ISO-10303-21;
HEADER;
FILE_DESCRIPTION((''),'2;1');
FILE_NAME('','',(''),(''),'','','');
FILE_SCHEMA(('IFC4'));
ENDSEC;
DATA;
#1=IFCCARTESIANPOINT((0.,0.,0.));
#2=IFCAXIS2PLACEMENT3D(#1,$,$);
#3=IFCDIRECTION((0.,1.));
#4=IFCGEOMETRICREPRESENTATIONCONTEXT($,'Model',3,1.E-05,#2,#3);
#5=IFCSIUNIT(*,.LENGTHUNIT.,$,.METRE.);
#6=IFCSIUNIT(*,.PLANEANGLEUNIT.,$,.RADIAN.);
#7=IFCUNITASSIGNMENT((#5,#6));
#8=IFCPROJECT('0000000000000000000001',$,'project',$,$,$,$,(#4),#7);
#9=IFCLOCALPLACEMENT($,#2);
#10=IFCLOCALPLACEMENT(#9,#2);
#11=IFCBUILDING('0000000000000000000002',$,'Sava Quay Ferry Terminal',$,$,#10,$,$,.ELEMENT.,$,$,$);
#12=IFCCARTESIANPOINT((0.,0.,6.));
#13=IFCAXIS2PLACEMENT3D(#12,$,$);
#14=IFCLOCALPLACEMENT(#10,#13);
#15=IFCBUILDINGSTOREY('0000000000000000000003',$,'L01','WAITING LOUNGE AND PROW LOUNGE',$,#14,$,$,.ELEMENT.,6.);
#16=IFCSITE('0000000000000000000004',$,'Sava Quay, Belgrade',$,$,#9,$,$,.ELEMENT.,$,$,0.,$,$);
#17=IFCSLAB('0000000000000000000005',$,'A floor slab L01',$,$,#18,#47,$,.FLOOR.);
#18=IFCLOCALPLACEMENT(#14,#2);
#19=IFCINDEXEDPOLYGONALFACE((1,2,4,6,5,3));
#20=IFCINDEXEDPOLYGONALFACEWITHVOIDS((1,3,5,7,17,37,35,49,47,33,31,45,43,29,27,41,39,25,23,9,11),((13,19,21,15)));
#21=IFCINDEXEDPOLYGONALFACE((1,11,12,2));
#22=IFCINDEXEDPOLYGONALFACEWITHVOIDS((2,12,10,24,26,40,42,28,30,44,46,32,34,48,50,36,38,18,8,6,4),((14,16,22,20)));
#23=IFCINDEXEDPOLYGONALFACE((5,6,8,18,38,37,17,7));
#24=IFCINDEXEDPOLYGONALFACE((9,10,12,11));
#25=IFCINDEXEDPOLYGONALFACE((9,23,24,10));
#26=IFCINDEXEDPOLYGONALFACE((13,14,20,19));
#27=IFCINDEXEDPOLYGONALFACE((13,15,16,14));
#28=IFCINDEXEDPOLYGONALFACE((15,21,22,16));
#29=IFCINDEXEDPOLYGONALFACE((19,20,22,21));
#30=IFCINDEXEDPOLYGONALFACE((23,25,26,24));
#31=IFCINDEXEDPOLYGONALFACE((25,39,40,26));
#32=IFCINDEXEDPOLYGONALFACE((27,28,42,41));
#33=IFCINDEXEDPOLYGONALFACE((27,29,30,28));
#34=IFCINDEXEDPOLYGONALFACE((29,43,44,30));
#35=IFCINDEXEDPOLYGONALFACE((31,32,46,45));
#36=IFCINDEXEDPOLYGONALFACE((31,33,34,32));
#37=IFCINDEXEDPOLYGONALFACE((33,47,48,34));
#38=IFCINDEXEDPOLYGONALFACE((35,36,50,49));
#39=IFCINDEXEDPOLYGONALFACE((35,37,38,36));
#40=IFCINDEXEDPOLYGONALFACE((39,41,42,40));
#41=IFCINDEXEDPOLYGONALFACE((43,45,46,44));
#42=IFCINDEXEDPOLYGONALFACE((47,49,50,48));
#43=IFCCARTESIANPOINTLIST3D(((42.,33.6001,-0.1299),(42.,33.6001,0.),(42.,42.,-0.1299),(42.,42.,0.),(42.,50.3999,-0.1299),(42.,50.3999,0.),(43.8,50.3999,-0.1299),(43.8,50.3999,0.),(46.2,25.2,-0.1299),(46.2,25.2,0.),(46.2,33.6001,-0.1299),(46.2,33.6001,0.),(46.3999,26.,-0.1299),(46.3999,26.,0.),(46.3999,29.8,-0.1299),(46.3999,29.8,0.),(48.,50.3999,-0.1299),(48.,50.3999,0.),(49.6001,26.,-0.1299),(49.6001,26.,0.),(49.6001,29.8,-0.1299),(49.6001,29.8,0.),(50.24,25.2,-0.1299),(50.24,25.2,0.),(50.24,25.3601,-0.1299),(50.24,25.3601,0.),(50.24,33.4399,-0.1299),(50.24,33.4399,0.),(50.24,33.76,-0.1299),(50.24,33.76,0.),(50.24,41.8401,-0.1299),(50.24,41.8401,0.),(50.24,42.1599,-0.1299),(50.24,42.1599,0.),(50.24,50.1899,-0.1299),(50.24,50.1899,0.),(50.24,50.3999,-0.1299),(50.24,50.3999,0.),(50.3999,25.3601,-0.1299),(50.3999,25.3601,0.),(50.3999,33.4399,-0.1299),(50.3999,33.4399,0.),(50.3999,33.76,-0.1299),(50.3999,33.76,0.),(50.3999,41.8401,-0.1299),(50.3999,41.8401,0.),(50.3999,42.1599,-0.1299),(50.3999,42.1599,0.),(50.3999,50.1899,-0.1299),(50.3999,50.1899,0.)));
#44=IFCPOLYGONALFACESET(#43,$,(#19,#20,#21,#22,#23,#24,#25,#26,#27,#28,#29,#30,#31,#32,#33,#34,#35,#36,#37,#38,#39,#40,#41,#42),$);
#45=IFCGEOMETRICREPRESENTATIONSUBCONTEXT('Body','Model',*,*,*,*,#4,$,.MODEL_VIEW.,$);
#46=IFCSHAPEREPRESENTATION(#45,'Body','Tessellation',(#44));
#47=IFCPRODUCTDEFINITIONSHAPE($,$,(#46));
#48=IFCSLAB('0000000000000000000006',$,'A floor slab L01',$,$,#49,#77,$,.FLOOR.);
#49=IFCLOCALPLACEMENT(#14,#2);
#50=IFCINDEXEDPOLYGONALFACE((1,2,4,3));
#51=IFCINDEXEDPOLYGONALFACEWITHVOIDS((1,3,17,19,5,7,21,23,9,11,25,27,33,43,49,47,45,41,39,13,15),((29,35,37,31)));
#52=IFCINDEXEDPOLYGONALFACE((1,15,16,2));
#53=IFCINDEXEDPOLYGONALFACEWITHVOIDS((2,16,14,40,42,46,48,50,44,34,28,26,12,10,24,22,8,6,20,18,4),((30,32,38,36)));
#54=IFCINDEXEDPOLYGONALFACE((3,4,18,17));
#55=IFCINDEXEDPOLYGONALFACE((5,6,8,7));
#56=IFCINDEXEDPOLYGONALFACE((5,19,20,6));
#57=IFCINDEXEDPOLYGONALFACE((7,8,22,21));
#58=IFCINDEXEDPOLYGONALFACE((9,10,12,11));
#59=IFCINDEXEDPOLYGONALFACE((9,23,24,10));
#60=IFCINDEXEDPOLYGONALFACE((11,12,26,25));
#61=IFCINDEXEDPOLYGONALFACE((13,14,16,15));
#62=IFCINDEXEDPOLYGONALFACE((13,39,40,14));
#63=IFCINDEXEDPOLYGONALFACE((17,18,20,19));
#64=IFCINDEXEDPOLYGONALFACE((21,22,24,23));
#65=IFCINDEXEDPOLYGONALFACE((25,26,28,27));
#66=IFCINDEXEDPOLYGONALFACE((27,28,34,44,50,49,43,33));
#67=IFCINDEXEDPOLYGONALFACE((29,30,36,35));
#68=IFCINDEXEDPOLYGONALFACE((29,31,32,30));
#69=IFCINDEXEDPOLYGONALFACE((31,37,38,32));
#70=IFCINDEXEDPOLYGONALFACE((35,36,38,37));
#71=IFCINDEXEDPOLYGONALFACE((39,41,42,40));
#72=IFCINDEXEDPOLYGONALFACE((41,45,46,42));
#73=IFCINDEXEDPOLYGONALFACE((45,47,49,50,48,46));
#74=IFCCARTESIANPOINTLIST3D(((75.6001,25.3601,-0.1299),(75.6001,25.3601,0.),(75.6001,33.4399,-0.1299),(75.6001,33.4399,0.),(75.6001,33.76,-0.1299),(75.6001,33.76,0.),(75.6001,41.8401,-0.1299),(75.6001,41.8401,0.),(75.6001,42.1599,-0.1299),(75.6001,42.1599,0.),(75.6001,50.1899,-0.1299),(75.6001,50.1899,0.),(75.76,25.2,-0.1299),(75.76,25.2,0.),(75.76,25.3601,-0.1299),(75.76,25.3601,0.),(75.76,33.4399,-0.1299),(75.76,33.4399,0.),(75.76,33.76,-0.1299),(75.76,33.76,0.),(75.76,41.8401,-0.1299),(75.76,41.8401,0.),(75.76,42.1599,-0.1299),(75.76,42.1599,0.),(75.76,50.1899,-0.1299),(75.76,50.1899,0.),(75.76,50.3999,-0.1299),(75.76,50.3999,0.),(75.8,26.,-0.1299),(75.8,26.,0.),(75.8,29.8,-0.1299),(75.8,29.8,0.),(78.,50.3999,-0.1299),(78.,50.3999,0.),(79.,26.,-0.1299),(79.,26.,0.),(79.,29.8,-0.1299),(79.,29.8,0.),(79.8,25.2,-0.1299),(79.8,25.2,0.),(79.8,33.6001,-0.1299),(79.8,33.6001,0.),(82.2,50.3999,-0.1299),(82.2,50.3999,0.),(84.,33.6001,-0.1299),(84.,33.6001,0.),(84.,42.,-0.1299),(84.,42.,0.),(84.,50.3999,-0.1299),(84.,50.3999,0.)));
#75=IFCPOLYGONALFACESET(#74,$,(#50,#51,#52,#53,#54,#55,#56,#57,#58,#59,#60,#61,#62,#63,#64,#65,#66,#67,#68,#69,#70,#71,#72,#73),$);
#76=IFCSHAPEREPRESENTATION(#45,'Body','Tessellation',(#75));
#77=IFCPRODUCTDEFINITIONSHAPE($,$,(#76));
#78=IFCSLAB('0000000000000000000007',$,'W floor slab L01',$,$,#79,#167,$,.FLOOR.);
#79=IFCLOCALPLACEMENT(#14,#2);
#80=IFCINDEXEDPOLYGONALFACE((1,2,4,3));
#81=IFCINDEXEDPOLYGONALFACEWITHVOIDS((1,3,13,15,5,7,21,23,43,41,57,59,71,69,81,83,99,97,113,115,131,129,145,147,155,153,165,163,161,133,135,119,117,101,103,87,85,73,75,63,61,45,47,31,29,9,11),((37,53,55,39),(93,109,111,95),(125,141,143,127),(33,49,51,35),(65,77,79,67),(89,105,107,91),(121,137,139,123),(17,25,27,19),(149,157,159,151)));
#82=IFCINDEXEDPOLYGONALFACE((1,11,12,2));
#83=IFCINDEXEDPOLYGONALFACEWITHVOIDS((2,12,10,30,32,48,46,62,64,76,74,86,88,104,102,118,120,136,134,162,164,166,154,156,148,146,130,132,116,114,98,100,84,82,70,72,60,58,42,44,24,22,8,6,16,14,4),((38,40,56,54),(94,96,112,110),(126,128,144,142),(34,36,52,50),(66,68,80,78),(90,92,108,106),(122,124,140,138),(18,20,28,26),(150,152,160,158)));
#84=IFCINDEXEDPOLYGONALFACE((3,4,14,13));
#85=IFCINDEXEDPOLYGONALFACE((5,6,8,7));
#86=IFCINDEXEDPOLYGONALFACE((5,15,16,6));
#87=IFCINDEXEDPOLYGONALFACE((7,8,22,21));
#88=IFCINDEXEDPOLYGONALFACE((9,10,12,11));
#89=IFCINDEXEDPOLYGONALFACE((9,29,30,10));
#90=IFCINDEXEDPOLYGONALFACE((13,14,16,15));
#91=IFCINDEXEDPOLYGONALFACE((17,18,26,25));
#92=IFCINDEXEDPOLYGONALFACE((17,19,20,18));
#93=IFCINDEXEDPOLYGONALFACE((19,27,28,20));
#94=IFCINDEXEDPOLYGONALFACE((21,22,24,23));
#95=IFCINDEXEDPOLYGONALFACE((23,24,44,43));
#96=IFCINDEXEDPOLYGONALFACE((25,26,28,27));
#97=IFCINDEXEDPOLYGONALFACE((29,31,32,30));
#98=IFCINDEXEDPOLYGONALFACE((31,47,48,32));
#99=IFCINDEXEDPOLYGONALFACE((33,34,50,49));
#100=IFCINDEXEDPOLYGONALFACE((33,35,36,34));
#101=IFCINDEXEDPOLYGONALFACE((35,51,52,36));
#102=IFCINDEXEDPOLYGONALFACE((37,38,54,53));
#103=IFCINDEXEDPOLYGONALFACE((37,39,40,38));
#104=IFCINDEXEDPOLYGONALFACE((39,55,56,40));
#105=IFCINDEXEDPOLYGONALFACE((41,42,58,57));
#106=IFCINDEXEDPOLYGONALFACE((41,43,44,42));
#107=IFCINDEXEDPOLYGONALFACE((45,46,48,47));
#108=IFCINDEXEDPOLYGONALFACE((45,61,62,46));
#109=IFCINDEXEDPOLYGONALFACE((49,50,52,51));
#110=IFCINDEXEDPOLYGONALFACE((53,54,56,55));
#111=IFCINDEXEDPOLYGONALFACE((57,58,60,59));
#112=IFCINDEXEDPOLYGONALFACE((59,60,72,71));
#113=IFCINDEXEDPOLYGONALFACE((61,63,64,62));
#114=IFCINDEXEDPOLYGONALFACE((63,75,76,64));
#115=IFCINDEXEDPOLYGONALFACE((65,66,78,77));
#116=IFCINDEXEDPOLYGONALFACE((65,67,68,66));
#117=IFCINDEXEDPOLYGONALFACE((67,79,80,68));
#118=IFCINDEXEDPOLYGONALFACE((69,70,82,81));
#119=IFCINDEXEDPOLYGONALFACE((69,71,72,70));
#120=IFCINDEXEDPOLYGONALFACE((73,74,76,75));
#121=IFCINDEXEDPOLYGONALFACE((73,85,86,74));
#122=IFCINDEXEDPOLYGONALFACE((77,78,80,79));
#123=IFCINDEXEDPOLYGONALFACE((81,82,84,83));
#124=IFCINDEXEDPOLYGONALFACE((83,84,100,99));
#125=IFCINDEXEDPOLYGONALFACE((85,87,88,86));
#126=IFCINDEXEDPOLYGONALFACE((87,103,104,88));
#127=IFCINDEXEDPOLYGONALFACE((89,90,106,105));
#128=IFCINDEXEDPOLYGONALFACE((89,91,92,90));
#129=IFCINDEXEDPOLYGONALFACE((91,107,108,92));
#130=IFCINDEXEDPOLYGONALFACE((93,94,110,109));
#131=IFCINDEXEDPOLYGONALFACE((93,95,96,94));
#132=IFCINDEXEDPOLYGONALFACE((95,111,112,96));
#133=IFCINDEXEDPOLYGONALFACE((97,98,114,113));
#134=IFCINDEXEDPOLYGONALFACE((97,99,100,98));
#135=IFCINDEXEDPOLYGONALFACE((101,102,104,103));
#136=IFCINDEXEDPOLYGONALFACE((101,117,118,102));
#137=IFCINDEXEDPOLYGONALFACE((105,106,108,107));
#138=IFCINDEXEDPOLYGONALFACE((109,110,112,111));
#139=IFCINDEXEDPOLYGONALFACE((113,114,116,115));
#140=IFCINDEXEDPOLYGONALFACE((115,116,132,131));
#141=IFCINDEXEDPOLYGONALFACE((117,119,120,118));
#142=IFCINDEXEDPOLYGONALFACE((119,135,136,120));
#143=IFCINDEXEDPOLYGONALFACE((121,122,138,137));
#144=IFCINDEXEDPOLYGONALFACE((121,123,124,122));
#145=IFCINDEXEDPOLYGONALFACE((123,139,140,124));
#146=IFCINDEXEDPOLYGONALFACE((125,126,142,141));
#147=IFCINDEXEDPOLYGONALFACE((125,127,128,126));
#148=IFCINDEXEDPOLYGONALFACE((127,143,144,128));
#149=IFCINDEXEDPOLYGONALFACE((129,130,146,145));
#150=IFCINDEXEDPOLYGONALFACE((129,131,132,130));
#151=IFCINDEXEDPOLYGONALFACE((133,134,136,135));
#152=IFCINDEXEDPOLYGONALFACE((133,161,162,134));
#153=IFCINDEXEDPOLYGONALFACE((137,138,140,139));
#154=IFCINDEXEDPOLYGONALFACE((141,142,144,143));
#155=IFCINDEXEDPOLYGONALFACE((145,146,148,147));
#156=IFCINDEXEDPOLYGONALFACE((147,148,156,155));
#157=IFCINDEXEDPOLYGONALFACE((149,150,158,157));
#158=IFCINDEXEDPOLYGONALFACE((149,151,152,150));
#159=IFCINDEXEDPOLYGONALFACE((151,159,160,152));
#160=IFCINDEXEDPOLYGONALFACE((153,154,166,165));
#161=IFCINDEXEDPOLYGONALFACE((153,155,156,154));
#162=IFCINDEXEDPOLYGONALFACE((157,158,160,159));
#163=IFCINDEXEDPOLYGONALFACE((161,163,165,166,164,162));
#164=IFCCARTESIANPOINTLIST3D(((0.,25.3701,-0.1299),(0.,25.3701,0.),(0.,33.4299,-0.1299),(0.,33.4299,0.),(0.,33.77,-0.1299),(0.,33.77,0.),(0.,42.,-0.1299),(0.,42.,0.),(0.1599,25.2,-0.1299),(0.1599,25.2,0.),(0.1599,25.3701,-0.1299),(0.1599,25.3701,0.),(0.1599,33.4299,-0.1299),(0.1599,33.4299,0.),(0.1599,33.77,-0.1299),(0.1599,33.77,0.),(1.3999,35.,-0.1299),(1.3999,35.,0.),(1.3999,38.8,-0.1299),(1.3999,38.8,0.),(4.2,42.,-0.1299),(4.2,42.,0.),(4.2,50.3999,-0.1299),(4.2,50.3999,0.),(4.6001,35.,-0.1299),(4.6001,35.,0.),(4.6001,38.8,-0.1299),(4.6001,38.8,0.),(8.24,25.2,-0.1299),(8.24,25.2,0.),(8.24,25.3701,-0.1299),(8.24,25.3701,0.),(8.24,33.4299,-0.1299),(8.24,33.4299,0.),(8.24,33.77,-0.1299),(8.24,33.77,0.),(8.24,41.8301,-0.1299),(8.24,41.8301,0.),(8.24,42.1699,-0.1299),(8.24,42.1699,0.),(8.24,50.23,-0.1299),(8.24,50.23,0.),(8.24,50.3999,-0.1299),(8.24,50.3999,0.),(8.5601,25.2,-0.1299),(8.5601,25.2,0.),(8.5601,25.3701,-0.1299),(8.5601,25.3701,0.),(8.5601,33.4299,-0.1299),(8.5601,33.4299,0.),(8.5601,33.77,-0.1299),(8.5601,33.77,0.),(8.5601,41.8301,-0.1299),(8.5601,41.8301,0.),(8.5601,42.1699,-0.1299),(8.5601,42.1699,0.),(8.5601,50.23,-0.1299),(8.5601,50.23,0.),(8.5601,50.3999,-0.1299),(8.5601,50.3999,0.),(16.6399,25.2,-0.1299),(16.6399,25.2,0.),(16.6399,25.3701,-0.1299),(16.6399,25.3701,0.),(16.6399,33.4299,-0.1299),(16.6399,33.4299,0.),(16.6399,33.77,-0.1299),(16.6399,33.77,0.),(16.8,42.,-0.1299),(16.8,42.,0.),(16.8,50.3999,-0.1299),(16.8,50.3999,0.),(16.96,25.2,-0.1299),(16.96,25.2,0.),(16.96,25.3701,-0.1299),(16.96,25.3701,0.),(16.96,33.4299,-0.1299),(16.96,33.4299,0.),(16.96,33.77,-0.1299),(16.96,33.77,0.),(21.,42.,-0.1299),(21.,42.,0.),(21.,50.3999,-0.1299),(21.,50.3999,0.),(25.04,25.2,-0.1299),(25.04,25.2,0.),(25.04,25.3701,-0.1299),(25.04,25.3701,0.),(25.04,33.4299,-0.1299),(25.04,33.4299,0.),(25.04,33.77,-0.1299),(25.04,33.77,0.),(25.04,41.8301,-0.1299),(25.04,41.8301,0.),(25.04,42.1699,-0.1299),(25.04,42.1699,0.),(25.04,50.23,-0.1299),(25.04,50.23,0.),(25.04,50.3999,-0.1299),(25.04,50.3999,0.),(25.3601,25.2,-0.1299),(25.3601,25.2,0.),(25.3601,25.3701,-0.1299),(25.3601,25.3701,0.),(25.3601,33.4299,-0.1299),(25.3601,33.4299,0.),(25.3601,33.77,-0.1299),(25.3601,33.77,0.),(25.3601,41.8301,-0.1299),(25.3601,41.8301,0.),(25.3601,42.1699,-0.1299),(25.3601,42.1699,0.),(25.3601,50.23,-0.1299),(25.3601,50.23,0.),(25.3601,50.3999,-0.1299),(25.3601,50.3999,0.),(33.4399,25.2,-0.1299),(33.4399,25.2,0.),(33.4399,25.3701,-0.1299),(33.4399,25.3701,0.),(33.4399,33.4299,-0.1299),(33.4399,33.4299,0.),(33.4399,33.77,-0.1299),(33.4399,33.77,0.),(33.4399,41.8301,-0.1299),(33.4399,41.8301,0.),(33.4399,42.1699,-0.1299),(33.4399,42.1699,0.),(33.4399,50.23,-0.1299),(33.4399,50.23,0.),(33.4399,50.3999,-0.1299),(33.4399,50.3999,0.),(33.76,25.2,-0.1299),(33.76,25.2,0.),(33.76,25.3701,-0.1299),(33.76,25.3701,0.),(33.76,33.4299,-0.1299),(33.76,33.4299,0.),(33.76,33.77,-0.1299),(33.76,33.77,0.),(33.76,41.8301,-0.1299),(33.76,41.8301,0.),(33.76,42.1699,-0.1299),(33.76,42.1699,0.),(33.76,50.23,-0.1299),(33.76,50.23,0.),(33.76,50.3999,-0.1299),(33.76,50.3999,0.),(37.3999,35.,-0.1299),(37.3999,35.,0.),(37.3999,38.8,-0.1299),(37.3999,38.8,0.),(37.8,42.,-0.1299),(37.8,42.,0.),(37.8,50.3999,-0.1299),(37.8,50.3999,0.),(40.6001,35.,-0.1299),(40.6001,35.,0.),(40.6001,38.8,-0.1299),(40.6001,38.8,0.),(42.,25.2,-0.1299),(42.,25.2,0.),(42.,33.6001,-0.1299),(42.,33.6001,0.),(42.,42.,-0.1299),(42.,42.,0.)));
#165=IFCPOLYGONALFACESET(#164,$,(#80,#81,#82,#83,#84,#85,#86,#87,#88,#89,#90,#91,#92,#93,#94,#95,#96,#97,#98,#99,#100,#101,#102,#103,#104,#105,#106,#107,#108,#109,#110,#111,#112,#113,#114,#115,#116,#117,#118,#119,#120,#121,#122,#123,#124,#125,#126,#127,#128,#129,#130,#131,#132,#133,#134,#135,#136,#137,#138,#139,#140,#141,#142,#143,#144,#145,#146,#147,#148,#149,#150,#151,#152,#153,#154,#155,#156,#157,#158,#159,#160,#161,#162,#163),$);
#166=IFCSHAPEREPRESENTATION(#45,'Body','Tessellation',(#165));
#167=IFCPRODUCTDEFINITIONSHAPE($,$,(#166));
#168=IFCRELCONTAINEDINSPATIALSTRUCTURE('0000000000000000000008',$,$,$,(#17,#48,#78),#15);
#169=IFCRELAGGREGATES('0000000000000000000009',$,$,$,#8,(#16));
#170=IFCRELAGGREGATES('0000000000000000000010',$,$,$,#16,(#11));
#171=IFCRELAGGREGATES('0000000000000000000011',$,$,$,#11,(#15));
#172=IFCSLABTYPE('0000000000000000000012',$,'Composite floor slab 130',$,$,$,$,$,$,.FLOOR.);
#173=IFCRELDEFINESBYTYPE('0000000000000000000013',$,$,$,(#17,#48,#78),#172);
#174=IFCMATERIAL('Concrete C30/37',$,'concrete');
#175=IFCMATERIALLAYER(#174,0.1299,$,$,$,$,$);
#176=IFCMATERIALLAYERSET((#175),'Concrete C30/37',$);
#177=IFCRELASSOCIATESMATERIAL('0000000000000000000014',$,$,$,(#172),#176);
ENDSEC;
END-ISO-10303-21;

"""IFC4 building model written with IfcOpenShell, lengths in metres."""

from ifc_helpers import new_model, si_unit, direction, frame, origin, place, context, subcontext, project, spatial, polyline, outline, extrude, material, layer, layer_set, type_object, element, save


model = new_model("IFC4")

# Units and contexts
model_context = context("Model", 3, precision=1e-05, world=origin(), true_north=direction((0.0, 1.0)))
body_context = subcontext(model_context, "Body", "Model", "MODEL_VIEW")
ifc_project = project(units=[si_unit("LENGTHUNIT", "METRE"), si_unit("PLANEANGLEUNIT", "RADIAN")], contexts=[model_context])

# Site, building, storey
site_placement = place(None, origin())
site = spatial("IfcSite", under=ifc_project, at=site_placement, Name="Sava Quay, Belgrade", CompositionType="ELEMENT", RefElevation=0.0)
building_placement = place(site_placement, origin())
building = spatial("IfcBuilding", under=site, at=building_placement, Name="Sava Quay Ferry Terminal", CompositionType="ELEMENT")
storey_placement = place(building_placement, frame((0.0, 0.0, 6.0)))
storey = spatial("IfcBuildingStorey", under=building, at=storey_placement, Name="L01", Description="WAITING LOUNGE AND PROW LOUNGE", CompositionType="ELEMENT", Elevation=6.0)

# Slabs
ifc_material_1 = material(Name="Concrete C30/37", Category="concrete")
ifc_layer_1 = layer(ifc_material_1, 0.1299)
ifc_layer_set_1 = layer_set([ifc_layer_1], Name="Concrete C30/37")
slab_type_1 = type_object("IfcSlabType", Name="Composite floor slab 130", PredefinedType="FLOOR", material=ifc_layer_set_1)
slab_1_placement = place(storey_placement, frame((0.0, 0.0, -0.1299)))
element("IfcSlab", 1, at=slab_1_placement, inside=storey, type_object=slab_type_1, Name="A floor slab L01", PredefinedType="FLOOR", context=body_context, shape_type="SweptSolid", body=[
    extrude(outline(polyline([(50.24, 25.3601), (50.24, 25.2), (46.2, 25.2), (46.2, 33.6001), (42.0, 33.6001), (42.0, 42.0), (42.0, 50.3999), (43.8, 50.3999), (48.0, 50.3999), (50.24, 50.3999), (50.24, 50.1899), (50.3999, 50.1899), (50.3999, 42.1599), (50.24, 42.1599), (50.24, 41.8401), (50.3999, 41.8401), (50.3999, 33.76), (50.24, 33.76), (50.24, 33.4399), (50.3999, 33.4399), (50.3999, 25.3601), (50.24, 25.3601)]), holes=[polyline([(46.3999, 26.0), (49.6001, 26.0), (49.6001, 29.8), (46.3999, 29.8), (46.3999, 26.0)])]), origin(), (0.0, 0.0, 1.0), 0.1299),
])
slab_2_placement = place(storey_placement, frame((0.0, 0.0, -0.1299)))
element("IfcSlab", 2, at=slab_2_placement, inside=storey, type_object=slab_type_1, Name="A floor slab L01", PredefinedType="FLOOR", context=body_context, shape_type="SweptSolid", body=[
    extrude(outline(polyline([(79.8, 33.6001), (79.8, 25.2), (75.76, 25.2), (75.76, 25.3601), (75.6001, 25.3601), (75.6001, 33.4399), (75.76, 33.4399), (75.76, 33.76), (75.6001, 33.76), (75.6001, 41.8401), (75.76, 41.8401), (75.76, 42.1599), (75.6001, 42.1599), (75.6001, 50.1899), (75.76, 50.1899), (75.76, 50.3999), (78.0, 50.3999), (82.2, 50.3999), (84.0, 50.3999), (84.0, 42.0), (84.0, 33.6001), (79.8, 33.6001)]), holes=[polyline([(75.8, 29.8), (75.8, 26.0), (79.0, 26.0), (79.0, 29.8), (75.8, 29.8)])]), origin(), (0.0, 0.0, 1.0), 0.1299),
])
slab_3_placement = place(storey_placement, frame((0.0, 0.0, -0.1299)))
element("IfcSlab", 3, at=slab_3_placement, inside=storey, type_object=slab_type_1, Name="W floor slab L01", PredefinedType="FLOOR", context=body_context, shape_type="SweptSolid", body=[
    extrude(outline(polyline([(33.76, 25.2), (33.76, 25.3701), (33.4399, 25.3701), (33.4399, 25.2), (25.3601, 25.2), (25.3601, 25.3701), (25.04, 25.3701), (25.04, 25.2), (16.96, 25.2), (16.96, 25.3701), (16.6399, 25.3701), (16.6399, 25.2), (8.5601, 25.2), (8.5601, 25.3701), (8.24, 25.3701), (8.24, 25.2), (0.1599, 25.2), (0.1599, 25.3701), (0.0, 25.3701), (0.0, 33.4299), (0.1599, 33.4299), (0.1599, 33.77), (0.0, 33.77), (0.0, 42.0), (4.2, 42.0), (4.2, 50.3999), (8.24, 50.3999), (8.24, 50.23), (8.5601, 50.23), (8.5601, 50.3999), (16.8, 50.3999), (16.8, 42.0), (21.0, 42.0), (21.0, 50.3999), (25.04, 50.3999), (25.04, 50.23), (25.3601, 50.23), (25.3601, 50.3999), (33.4399, 50.3999), (33.4399, 50.23), (33.76, 50.23), (33.76, 50.3999), (37.8, 50.3999), (37.8, 42.0), (42.0, 42.0), (42.0, 33.6001), (42.0, 25.2), (33.76, 25.2)]), holes=[polyline([(8.24, 33.77), (8.24, 33.4299), (8.5601, 33.4299), (8.5601, 33.77), (8.24, 33.77)]), polyline([(16.6399, 33.4299), (16.96, 33.4299), (16.96, 33.77), (16.6399, 33.77), (16.6399, 33.4299)]), polyline([(33.4399, 33.4299), (33.76, 33.4299), (33.76, 33.77), (33.4399, 33.77), (33.4399, 33.4299)]), polyline([(25.04, 33.4299), (25.3601, 33.4299), (25.3601, 33.77), (25.04, 33.77), (25.04, 33.4299)]), polyline([(37.3999, 38.8), (37.3999, 35.0), (40.6001, 35.0), (40.6001, 38.8), (37.3999, 38.8)]), polyline([(1.3999, 38.8), (1.3999, 35.0), (4.6001, 35.0), (4.6001, 38.8), (1.3999, 38.8)]), polyline([(25.04, 41.8301), (25.3601, 41.8301), (25.3601, 42.1699), (25.04, 42.1699), (25.04, 41.8301)]), polyline([(8.24, 41.8301), (8.5601, 41.8301), (8.5601, 42.1699), (8.24, 42.1699), (8.24, 41.8301)]), polyline([(33.4399, 41.8301), (33.76, 41.8301), (33.76, 42.1699), (33.4399, 42.1699), (33.4399, 41.8301)])]), origin(), (0.0, 0.0, 1.0), 0.1299),
])

save(model, "model.ifc")
